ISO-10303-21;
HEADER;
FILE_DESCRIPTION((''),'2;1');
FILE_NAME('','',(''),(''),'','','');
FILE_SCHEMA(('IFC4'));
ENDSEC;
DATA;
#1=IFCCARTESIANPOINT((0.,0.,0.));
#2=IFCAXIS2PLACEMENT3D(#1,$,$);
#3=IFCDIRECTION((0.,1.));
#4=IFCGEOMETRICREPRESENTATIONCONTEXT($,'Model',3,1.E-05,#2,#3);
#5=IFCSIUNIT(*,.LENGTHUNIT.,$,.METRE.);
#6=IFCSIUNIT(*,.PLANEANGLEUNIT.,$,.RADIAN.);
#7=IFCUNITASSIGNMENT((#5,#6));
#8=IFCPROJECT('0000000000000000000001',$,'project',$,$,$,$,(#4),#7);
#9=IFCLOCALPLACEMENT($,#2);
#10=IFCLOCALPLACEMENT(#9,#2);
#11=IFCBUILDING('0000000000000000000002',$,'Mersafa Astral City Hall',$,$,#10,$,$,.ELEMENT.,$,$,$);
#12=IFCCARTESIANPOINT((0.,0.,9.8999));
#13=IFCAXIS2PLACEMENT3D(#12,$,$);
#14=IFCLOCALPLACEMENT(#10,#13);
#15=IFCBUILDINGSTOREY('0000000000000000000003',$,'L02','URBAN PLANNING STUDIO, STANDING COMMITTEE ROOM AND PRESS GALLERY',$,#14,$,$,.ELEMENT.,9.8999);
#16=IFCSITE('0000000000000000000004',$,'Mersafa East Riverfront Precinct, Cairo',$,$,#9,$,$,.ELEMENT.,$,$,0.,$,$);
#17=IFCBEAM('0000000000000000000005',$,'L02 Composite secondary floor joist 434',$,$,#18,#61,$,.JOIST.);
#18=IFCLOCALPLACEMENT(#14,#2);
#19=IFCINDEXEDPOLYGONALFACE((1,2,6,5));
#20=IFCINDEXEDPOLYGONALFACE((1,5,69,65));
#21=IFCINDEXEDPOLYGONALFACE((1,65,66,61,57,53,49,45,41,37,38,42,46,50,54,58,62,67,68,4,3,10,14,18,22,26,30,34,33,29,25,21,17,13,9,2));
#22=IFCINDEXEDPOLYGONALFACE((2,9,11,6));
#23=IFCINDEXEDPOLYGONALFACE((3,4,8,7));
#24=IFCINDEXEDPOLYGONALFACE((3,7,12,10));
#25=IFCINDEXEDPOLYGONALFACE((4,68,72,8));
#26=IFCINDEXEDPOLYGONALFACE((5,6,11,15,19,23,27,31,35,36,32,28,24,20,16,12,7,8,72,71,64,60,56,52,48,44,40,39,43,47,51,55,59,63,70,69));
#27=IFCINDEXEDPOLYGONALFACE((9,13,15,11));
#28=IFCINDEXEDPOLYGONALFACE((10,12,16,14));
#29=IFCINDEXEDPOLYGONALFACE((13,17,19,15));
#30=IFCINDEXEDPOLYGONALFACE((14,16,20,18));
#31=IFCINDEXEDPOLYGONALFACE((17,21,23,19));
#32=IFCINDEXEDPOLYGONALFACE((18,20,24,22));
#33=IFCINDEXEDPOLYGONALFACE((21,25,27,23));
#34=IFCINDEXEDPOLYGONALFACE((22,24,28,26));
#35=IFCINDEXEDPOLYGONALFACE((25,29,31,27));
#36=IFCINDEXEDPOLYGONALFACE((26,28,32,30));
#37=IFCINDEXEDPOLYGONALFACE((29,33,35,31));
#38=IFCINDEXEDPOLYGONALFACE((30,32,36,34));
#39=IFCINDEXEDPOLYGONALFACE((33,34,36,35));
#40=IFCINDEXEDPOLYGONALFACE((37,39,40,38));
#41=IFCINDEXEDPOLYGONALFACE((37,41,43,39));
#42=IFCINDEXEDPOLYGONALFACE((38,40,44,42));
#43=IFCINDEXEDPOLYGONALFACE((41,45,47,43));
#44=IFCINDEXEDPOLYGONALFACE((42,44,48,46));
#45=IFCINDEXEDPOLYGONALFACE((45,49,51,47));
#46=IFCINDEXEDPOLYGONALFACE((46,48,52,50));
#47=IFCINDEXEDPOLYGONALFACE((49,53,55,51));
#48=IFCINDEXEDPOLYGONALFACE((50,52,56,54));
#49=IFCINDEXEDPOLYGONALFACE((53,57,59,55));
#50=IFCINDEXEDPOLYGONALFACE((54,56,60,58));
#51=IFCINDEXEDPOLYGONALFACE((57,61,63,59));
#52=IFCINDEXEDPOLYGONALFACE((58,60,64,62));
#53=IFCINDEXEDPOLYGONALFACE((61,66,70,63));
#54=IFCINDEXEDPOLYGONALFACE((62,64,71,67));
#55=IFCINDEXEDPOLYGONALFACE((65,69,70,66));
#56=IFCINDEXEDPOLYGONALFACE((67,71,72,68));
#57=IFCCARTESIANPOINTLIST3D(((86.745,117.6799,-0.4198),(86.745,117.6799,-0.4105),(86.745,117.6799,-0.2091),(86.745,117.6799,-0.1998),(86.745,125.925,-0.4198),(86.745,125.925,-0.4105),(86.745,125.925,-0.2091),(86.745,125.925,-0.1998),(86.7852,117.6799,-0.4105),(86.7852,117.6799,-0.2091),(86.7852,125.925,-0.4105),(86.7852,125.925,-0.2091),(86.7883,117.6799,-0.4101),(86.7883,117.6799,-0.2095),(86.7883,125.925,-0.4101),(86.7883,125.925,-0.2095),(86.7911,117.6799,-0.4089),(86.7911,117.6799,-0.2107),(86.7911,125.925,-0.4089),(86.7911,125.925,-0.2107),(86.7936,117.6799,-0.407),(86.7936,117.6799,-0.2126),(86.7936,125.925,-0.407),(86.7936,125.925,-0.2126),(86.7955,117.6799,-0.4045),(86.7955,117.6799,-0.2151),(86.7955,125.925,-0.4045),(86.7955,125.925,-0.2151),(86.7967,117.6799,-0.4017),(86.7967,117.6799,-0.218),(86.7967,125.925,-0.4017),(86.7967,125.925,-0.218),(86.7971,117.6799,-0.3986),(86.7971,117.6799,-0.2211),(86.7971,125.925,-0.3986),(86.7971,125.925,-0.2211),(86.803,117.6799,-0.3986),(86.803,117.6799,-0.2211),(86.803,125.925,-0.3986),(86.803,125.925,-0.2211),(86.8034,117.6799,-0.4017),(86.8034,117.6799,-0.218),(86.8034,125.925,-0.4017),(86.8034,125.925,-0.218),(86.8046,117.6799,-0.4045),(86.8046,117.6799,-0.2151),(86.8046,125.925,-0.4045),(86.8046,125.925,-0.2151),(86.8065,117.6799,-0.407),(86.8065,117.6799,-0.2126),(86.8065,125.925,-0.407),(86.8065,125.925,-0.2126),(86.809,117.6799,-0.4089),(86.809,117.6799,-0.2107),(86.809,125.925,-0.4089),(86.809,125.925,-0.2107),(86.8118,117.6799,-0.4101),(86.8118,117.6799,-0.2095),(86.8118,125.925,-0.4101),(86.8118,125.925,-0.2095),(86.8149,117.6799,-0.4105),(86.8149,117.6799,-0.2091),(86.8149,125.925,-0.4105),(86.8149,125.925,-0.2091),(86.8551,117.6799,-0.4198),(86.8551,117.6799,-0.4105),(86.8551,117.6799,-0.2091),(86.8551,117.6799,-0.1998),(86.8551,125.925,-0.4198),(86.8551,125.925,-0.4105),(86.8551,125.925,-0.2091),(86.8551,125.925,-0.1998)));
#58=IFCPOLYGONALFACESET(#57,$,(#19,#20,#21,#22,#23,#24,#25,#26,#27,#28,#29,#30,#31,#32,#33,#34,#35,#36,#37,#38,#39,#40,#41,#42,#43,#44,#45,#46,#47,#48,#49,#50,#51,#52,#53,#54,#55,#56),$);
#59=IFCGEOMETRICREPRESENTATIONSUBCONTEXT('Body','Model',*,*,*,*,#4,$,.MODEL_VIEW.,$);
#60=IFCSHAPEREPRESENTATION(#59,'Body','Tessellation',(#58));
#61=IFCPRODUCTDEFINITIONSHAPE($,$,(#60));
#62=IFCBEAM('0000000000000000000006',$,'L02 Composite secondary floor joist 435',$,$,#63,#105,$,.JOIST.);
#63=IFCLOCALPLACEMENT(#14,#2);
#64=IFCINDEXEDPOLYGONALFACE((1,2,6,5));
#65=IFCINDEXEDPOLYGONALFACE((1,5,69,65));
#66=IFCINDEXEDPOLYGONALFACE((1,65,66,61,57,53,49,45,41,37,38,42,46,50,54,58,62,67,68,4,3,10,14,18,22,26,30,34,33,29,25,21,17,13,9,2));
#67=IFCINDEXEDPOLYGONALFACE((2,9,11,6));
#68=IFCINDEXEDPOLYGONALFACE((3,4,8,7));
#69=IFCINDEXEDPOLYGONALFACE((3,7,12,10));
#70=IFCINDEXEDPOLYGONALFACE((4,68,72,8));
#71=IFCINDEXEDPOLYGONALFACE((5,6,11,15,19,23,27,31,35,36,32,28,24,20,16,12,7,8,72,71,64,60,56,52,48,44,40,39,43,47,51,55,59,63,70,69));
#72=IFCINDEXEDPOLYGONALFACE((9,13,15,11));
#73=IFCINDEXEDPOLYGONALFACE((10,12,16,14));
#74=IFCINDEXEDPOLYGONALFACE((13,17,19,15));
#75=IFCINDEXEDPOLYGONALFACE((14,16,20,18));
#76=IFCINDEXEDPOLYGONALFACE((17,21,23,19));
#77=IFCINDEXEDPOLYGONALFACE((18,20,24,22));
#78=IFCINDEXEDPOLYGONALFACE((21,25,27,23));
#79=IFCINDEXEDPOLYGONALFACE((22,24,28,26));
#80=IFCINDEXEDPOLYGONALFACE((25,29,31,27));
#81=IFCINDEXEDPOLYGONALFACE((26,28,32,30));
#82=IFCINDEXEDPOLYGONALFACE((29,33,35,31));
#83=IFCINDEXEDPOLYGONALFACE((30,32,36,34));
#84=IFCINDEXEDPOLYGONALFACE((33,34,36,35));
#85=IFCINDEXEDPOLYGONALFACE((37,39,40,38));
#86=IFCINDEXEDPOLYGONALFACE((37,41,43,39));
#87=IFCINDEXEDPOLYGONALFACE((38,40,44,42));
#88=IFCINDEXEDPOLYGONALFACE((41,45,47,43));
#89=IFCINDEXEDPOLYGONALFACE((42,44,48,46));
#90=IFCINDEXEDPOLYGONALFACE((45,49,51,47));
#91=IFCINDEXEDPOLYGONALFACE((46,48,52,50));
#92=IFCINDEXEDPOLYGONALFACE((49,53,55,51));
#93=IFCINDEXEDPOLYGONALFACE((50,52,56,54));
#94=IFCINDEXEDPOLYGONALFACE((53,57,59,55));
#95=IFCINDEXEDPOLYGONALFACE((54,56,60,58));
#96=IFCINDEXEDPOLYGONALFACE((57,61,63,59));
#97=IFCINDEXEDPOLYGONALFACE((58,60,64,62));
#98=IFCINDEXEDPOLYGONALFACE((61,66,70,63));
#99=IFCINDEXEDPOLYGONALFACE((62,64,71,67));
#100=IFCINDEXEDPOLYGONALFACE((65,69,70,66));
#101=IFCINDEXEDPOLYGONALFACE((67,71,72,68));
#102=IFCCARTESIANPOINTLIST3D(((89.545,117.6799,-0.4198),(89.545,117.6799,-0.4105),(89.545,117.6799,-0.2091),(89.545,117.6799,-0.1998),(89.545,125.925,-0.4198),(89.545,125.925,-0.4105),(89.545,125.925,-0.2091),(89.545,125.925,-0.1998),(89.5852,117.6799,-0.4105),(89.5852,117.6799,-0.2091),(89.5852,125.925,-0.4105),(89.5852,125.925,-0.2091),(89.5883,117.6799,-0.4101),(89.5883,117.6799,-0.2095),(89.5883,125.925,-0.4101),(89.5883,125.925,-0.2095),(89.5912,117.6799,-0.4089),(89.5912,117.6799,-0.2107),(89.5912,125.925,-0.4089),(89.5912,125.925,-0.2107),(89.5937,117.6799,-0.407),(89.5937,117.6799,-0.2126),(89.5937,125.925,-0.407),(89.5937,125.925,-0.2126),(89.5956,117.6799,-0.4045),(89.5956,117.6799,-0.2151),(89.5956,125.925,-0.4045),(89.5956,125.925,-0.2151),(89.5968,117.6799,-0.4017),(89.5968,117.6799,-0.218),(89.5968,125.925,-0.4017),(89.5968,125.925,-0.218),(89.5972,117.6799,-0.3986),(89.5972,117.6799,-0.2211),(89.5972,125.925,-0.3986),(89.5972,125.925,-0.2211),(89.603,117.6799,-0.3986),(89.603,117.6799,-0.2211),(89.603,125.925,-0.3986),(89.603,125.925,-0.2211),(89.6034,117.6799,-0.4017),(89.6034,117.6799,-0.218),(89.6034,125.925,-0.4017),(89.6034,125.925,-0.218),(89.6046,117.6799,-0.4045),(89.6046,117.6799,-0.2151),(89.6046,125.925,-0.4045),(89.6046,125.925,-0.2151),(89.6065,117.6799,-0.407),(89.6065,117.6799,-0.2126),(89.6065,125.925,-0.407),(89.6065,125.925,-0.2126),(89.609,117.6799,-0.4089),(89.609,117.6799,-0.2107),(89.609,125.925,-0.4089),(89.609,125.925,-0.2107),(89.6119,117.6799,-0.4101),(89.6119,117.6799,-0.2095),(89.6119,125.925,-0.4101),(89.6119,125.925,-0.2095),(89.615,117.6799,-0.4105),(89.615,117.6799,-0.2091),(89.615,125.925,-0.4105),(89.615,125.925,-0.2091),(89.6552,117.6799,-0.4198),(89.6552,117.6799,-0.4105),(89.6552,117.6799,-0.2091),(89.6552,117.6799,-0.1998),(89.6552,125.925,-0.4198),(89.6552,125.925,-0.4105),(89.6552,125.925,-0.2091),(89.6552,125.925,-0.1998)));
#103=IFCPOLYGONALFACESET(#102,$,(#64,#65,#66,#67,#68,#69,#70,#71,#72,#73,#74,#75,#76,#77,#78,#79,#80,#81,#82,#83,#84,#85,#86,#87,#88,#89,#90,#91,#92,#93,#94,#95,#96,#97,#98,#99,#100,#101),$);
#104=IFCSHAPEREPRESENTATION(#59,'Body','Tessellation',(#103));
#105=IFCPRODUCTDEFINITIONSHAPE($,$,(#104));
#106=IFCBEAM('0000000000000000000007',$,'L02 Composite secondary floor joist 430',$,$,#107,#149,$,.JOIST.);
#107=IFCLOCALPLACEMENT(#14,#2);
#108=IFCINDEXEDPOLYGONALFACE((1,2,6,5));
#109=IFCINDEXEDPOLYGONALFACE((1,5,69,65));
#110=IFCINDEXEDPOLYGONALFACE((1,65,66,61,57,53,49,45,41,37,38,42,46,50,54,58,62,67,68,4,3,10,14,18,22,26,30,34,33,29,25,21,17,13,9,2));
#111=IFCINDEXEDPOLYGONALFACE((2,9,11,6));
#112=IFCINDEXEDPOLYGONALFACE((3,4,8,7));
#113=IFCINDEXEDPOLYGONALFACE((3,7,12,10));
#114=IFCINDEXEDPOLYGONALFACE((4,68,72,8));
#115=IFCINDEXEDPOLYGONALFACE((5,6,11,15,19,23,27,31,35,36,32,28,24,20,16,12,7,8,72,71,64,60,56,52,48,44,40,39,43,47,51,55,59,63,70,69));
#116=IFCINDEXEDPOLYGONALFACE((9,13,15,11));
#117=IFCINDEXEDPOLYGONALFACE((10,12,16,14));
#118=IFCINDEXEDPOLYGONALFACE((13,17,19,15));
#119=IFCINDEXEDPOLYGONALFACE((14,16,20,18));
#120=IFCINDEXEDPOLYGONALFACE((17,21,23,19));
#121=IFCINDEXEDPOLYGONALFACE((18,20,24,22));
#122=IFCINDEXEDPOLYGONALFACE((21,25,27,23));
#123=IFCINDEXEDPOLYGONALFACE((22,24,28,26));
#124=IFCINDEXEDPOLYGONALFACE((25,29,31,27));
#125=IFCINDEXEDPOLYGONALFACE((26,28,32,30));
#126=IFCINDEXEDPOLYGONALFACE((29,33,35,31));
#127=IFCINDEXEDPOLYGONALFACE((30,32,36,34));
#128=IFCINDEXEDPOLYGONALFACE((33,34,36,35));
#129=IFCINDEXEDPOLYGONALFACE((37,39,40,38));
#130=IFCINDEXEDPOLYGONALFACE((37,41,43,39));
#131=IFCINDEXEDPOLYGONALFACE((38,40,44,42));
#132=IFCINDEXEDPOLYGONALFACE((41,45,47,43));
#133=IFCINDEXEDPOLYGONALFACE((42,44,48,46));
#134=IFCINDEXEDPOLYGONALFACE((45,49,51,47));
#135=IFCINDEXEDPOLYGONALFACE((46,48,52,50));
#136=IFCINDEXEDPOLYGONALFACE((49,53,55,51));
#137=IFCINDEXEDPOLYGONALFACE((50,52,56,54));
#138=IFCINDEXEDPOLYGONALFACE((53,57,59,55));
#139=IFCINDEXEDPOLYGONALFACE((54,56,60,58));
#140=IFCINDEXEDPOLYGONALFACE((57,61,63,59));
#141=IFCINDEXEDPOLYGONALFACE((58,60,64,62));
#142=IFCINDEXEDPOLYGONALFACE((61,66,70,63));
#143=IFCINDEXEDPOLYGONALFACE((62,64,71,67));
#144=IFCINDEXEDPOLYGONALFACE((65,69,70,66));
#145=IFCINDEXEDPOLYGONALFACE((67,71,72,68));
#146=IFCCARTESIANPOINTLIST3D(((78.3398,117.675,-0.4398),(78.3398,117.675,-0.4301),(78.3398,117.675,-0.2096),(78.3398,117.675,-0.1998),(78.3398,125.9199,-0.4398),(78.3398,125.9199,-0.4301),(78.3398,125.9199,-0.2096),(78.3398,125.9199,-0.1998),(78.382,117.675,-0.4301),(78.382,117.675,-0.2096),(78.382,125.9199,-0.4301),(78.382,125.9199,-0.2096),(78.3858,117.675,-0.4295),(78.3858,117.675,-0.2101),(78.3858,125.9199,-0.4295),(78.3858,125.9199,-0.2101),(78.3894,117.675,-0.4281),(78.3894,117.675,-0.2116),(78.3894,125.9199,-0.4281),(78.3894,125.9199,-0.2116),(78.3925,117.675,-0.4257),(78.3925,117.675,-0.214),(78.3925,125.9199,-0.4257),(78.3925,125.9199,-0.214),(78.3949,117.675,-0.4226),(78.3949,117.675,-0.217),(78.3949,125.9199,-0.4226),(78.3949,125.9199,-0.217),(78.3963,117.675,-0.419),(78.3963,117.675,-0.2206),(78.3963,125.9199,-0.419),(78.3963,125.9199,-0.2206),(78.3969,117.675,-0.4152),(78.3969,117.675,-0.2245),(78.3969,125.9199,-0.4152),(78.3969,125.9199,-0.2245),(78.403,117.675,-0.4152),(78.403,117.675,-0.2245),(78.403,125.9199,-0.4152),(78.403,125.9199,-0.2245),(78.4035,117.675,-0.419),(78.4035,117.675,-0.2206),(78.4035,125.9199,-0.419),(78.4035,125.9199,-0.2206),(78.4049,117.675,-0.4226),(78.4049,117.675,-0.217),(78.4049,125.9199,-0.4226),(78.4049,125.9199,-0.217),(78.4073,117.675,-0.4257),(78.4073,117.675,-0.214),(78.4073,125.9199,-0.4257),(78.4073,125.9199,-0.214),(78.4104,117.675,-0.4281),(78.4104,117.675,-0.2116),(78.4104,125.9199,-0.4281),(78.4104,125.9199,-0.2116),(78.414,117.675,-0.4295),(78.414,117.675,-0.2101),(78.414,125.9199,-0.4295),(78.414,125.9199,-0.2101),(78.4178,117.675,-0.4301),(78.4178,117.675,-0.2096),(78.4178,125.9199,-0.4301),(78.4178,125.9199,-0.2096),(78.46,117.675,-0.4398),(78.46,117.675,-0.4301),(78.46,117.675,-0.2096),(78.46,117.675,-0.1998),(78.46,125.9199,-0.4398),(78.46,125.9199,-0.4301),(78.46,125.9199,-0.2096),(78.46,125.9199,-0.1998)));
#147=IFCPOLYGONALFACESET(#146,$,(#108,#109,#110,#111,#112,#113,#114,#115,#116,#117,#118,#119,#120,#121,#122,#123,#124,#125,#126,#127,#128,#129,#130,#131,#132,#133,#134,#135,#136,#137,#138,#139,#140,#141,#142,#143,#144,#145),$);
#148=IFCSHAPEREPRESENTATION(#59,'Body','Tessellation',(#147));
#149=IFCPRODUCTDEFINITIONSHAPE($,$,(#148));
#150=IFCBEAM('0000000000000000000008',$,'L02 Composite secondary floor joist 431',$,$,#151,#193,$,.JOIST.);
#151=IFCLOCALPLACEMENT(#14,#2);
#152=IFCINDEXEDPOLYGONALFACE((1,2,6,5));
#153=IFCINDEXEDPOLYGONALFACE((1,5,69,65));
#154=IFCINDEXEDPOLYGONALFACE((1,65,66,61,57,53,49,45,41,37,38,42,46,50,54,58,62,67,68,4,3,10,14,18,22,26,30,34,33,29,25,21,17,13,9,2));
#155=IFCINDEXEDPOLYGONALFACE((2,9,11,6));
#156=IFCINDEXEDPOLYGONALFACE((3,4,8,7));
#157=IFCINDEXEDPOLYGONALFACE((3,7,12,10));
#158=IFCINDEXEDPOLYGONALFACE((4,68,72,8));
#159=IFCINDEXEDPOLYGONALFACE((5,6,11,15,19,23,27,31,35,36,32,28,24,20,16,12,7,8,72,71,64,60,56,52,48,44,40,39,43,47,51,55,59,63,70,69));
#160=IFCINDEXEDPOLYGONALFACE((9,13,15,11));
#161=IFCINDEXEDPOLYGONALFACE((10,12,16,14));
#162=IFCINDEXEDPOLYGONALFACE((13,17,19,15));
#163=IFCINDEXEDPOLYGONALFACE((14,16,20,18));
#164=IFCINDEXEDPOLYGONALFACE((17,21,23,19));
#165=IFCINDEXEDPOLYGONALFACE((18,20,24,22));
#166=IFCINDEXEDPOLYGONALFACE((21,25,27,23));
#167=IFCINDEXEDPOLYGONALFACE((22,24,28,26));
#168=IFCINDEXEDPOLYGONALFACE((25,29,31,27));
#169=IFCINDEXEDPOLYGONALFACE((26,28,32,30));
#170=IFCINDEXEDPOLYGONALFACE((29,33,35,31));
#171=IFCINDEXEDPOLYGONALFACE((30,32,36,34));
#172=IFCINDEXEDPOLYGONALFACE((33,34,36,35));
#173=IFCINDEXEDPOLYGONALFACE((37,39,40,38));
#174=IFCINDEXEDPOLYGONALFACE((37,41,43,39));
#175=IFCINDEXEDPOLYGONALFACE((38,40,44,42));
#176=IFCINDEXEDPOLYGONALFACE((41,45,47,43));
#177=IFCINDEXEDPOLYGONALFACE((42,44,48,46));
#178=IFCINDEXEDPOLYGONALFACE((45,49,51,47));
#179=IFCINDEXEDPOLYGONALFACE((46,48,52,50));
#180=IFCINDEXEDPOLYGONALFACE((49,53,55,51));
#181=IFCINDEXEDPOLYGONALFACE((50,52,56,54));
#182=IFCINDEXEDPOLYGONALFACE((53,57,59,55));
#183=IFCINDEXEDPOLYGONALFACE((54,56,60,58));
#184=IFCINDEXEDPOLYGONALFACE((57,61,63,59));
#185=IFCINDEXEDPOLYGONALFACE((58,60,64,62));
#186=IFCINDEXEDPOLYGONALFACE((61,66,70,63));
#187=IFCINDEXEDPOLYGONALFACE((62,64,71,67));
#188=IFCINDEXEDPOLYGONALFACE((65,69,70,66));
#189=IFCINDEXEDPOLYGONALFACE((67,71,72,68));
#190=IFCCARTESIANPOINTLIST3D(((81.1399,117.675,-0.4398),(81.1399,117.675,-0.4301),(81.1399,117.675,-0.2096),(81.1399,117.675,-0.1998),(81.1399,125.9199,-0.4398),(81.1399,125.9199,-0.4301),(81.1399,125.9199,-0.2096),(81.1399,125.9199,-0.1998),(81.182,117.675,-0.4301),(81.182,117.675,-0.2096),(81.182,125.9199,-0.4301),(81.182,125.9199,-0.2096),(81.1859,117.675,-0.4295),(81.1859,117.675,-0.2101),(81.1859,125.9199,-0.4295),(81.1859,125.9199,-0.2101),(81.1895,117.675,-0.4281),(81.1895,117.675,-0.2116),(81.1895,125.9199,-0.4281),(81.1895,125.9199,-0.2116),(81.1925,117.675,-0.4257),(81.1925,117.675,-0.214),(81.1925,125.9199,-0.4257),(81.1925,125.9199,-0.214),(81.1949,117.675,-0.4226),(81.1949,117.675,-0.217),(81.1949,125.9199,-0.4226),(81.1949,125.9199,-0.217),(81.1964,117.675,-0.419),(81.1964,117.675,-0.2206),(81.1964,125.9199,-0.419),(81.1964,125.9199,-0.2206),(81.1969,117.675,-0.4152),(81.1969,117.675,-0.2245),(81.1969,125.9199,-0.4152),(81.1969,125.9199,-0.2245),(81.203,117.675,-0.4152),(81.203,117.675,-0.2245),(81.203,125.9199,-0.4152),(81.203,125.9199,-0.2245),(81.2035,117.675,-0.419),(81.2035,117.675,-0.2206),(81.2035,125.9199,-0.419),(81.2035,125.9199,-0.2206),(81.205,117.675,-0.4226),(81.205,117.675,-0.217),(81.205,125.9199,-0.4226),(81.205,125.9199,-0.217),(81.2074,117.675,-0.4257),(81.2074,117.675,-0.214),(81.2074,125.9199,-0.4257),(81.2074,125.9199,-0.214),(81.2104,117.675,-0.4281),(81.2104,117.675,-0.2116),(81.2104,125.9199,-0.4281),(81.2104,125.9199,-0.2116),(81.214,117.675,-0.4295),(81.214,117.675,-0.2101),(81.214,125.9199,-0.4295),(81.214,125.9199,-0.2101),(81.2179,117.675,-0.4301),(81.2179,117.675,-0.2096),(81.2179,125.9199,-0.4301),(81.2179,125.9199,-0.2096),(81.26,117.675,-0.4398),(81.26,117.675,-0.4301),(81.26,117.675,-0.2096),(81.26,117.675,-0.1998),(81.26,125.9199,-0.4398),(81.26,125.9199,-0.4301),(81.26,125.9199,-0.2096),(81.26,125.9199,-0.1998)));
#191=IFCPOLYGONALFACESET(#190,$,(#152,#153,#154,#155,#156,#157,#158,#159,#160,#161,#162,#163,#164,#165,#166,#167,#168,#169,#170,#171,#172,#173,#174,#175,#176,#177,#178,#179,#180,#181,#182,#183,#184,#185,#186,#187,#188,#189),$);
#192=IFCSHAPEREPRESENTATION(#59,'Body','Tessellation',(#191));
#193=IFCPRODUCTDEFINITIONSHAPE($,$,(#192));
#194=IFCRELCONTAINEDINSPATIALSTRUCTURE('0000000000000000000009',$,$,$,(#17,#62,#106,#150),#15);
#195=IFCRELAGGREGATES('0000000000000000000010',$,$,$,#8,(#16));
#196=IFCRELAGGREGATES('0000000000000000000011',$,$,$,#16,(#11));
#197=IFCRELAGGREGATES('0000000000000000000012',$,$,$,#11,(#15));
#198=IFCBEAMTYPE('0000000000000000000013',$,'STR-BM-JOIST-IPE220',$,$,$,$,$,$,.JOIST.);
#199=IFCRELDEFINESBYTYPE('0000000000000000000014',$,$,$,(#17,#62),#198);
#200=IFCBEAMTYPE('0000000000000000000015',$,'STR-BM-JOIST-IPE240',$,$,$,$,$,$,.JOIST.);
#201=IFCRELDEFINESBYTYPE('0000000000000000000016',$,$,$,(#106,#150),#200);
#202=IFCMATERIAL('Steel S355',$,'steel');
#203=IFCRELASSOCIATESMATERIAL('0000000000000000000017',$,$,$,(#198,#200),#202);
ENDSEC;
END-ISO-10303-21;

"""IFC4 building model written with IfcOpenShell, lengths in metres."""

from ifc_helpers import new_model, si_unit, direction, frame, origin, origin_2d, place, context, subcontext, project, spatial, i_section, extrude, material, material_profile, profile_set, type_object, element, save


model = new_model("IFC4")

# Units and contexts
model_context = context("Model", 3, precision=1e-05, world=origin(), true_north=direction((0.0, 1.0)))
body_context = subcontext(model_context, "Body", "Model", "MODEL_VIEW")
ifc_project = project(units=[si_unit("LENGTHUNIT", "METRE"), si_unit("PLANEANGLEUNIT", "RADIAN")], contexts=[model_context])

# Site, building, storey
site_placement = place(None, origin())
site = spatial("IfcSite", under=ifc_project, at=site_placement, Name="Mersafa East Riverfront Precinct, Cairo", CompositionType="ELEMENT", RefElevation=0.0)
building_placement = place(site_placement, origin())
building = spatial("IfcBuilding", under=site, at=building_placement, Name="Mersafa Astral City Hall", CompositionType="ELEMENT")
storey_placement = place(building_placement, frame((0.0, 0.0, 9.8999)))
storey = spatial("IfcBuildingStorey", under=building, at=storey_placement, Name="L02", Description="URBAN PLANNING STUDIO, STANDING COMMITTEE ROOM AND PRESS GALLERY", CompositionType="ELEMENT", Elevation=9.8999)

# Shared definitions
ifc_material_1 = material(Name="Steel S355", Category="steel")

# Beams
ifc_material_profile_1 = material_profile(ifc_material_1, i_section(OverallWidth=0.1101, OverallDepth=0.22, WebThickness=0.0059, FlangeThickness=0.0093, FilletRadius=0.012, at=origin_2d()), Name="IPE 220")
ifc_profile_set_1 = profile_set([ifc_material_profile_1], Name="Steel S355")
beam_type_1 = type_object("IfcBeamType", Name="STR-BM-JOIST-IPE220", PredefinedType="JOIST", material=ifc_profile_set_1)
for number, where, z_axis, x_axis, name in (
    (1, (86.8, 117.6799, -0.3098), (0.0, 1.0, 0.0), (-1.0, 0.0, 0.0), "L02 Composite secondary floor joist 434"),
    (2, (89.6001, 117.6799, -0.3098), (0.0, 1.0, 0.0), (-1.0, 0.0, 0.0), "L02 Composite secondary floor joist 435"),
):
    element("IfcBeam", number, at=place(storey_placement, frame(where, z_axis=z_axis, x_axis=x_axis)), inside=storey, type_object=beam_type_1, Name=name, PredefinedType="JOIST", context=body_context, shape_type="SweptSolid", body=[
        extrude(i_section(OverallWidth=0.1101, OverallDepth=0.22, WebThickness=0.0059, FlangeThickness=0.0093, FilletRadius=0.012, at=origin_2d()), origin(), (0.0, 0.0, 1.0), 8.2451),
    ])
ifc_material_profile_2 = material_profile(ifc_material_1, i_section(OverallWidth=0.1201, OverallDepth=0.24, WebThickness=0.0061, FlangeThickness=0.0098, FilletRadius=0.0149, at=origin_2d()), Name="IPE 240")
ifc_profile_set_2 = profile_set([ifc_material_profile_2], Name="Steel S355")
beam_type_2 = type_object("IfcBeamType", Name="STR-BM-JOIST-IPE240", PredefinedType="JOIST", material=ifc_profile_set_2)
for number, where, z_axis, x_axis, name in (
    (3, (78.3999, 117.675, -0.3198), (0.0, 1.0, 0.0), (-1.0, 0.0, 0.0), "L02 Composite secondary floor joist 430"),
    (4, (81.2, 117.675, -0.3198), (0.0, 1.0, 0.0), (-1.0, 0.0, 0.0), "L02 Composite secondary floor joist 431"),
):
    element("IfcBeam", number, at=place(storey_placement, frame(where, z_axis=z_axis, x_axis=x_axis)), inside=storey, type_object=beam_type_2, Name=name, PredefinedType="JOIST", context=body_context, shape_type="SweptSolid", body=[
        extrude(i_section(OverallWidth=0.1201, OverallDepth=0.24, WebThickness=0.0061, FlangeThickness=0.0098, FilletRadius=0.0149, at=origin_2d()), origin(), (0.0, 0.0, 1.0), 8.2449),
    ])

save(model, "model.ifc")
